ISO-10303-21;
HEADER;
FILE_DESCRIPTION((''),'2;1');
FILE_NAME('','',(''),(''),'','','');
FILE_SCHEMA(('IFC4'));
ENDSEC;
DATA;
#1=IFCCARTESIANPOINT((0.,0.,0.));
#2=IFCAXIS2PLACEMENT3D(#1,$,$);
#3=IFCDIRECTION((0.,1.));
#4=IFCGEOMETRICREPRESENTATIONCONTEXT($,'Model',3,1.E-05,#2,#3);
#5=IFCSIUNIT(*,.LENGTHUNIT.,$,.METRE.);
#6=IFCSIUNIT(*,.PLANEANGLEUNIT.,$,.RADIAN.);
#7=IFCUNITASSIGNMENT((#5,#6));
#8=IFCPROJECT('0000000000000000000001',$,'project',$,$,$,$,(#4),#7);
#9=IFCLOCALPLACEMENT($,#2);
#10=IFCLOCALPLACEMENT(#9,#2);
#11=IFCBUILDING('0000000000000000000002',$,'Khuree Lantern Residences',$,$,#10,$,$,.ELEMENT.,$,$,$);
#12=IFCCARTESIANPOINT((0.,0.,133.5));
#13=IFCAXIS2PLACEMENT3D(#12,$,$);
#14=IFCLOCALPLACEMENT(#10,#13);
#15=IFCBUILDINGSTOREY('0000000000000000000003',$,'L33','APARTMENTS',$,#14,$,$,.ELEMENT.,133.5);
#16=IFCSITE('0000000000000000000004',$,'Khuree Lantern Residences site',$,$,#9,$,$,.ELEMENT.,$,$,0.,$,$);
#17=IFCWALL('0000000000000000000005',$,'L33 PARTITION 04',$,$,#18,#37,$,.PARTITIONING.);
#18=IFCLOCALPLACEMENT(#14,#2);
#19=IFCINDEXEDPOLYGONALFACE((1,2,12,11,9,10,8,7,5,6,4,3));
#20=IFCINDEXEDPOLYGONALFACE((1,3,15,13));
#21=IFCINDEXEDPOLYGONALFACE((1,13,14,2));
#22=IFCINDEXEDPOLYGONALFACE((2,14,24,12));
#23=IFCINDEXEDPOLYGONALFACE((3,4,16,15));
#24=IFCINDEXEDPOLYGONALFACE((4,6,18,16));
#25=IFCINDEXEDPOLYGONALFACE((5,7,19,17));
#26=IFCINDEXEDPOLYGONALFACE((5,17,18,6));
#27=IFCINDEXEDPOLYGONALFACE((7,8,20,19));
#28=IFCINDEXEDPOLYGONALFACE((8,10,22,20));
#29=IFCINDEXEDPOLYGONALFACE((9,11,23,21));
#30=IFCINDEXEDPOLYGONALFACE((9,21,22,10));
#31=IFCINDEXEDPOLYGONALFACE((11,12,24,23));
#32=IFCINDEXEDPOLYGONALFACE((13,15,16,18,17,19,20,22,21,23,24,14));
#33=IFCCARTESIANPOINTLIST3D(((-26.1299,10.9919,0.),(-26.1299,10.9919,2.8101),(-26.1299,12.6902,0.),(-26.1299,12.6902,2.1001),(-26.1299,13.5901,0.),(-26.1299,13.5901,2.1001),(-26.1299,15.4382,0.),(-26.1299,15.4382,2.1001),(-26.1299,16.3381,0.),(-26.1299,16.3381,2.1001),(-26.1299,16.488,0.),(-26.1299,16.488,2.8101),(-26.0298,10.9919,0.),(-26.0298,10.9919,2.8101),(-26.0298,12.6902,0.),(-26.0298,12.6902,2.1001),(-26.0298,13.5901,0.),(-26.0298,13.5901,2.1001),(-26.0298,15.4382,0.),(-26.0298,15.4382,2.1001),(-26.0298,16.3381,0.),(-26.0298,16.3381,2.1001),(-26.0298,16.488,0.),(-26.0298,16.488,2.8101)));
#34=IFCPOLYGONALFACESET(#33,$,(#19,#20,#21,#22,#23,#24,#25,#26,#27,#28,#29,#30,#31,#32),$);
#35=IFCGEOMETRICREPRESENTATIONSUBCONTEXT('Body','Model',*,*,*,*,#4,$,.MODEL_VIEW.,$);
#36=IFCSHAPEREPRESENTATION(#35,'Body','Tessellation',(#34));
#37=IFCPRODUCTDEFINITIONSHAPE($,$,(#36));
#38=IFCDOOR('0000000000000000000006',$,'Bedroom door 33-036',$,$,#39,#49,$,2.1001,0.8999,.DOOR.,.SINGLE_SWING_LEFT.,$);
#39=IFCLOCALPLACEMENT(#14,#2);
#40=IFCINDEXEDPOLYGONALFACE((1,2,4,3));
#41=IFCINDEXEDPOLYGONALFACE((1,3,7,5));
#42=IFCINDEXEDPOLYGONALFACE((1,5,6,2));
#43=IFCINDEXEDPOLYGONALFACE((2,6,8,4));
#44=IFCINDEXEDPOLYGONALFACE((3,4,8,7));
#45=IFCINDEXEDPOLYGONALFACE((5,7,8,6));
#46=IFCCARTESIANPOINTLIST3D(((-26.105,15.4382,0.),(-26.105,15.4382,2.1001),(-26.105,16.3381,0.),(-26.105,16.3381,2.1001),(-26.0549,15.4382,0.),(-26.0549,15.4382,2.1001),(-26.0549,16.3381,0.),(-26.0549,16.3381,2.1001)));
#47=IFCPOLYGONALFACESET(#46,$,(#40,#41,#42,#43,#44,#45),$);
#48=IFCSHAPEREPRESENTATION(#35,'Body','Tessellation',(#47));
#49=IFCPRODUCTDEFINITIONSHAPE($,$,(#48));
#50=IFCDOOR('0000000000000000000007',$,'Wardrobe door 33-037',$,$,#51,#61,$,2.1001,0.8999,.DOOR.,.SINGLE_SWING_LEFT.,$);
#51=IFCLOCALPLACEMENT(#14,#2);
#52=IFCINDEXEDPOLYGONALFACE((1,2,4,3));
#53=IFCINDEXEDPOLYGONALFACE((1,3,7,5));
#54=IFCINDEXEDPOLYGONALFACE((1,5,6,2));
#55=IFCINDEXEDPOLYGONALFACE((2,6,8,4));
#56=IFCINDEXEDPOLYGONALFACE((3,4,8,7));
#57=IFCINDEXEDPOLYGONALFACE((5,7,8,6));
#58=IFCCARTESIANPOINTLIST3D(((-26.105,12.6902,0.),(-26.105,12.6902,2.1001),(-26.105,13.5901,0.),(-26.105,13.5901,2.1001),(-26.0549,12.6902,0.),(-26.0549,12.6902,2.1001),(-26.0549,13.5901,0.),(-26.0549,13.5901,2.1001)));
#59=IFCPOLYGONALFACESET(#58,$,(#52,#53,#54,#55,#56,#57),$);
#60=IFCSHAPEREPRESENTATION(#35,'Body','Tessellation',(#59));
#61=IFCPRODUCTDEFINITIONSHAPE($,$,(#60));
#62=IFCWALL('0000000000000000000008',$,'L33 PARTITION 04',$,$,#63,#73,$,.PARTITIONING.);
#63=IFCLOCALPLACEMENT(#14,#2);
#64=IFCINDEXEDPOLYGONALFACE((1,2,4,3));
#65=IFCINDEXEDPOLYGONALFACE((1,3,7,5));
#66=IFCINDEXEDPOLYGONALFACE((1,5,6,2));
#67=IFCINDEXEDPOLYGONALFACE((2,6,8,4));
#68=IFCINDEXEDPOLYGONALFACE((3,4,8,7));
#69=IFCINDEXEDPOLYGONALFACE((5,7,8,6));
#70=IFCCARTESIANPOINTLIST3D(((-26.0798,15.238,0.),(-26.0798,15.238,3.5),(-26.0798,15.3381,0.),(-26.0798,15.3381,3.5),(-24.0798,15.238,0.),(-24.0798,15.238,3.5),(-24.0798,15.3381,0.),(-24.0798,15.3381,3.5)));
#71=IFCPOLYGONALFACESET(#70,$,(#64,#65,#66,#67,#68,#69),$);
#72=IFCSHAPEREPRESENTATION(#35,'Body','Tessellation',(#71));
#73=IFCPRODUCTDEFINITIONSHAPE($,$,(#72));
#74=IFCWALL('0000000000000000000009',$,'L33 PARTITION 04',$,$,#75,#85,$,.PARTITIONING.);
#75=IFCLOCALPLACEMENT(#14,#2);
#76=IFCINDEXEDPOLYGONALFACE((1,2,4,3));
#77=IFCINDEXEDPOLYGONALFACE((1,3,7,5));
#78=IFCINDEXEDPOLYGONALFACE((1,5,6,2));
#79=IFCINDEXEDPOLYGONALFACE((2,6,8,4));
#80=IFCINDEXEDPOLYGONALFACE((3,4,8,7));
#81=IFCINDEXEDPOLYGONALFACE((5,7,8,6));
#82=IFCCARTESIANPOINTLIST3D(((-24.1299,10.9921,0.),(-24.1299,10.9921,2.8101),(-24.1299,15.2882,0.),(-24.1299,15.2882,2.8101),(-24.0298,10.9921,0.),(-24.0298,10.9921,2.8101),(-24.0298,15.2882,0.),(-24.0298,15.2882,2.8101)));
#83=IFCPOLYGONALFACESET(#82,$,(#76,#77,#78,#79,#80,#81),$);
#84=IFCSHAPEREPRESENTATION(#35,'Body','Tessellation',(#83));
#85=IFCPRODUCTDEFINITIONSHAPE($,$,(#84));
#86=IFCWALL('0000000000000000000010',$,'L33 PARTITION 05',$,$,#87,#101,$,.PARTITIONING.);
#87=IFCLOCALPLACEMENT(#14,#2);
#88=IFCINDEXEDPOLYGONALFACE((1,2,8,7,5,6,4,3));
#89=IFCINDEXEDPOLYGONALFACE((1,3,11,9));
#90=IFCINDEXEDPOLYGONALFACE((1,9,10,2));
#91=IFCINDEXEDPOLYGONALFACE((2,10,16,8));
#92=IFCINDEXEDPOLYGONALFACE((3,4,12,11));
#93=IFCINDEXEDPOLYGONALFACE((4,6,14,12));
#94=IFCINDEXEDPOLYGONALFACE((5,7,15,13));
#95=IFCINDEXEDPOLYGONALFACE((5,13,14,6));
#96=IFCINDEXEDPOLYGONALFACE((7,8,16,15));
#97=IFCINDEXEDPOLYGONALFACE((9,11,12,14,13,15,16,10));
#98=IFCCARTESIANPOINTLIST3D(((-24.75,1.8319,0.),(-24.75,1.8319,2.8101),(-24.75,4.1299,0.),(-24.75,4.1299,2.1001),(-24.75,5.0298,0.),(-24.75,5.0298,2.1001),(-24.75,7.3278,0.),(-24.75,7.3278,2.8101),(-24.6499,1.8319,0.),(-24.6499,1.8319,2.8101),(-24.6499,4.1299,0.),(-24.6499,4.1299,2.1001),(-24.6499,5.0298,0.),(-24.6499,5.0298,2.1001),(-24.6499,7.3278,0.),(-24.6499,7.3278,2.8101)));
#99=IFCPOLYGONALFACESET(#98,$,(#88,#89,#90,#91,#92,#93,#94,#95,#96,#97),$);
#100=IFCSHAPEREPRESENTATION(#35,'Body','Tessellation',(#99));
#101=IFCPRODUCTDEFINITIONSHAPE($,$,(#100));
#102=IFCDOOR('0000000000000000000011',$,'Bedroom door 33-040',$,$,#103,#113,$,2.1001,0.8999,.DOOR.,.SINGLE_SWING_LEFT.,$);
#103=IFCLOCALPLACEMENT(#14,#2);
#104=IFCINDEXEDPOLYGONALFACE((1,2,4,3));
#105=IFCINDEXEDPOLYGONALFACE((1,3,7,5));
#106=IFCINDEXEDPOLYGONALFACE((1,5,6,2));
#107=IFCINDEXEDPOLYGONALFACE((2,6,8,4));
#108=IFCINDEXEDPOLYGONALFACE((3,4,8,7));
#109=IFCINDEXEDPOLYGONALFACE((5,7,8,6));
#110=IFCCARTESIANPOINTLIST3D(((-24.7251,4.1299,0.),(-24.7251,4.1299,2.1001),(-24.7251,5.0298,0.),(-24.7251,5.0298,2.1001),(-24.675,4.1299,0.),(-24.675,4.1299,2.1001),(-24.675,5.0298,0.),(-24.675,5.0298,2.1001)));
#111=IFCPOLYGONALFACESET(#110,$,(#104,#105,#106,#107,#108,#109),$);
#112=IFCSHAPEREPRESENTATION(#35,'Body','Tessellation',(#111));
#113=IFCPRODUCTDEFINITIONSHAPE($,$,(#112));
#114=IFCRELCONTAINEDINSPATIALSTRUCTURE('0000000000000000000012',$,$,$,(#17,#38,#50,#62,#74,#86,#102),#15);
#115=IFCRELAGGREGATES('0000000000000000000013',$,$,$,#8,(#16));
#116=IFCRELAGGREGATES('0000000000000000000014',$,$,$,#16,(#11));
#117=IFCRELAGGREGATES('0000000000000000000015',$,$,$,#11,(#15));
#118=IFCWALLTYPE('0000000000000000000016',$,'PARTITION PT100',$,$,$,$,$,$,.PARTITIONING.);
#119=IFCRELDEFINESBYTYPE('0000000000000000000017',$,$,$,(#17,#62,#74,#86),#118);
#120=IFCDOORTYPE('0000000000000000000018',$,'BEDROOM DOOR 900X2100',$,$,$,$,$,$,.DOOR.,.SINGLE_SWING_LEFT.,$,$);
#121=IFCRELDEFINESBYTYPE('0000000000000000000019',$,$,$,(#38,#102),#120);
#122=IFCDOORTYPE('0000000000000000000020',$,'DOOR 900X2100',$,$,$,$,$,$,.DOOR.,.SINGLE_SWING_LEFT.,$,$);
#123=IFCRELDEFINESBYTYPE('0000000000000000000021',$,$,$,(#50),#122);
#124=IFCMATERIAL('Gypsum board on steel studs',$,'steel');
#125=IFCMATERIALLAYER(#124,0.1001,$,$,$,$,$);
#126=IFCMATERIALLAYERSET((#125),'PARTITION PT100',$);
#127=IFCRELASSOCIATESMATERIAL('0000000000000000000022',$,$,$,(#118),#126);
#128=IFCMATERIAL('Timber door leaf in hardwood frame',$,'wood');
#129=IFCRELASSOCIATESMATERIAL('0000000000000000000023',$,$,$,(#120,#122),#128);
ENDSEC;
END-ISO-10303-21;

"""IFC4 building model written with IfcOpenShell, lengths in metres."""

from ifc_helpers import new_model, si_unit, direction, frame, frame_2d, origin, place, context, subcontext, project, spatial, rectangle, extrude, material, layer, layer_set, type_object, element, fill, save


model = new_model("IFC4")

# Units and contexts
model_context = context("Model", 3, precision=1e-05, world=origin(), true_north=direction((0.0, 1.0)))
body_context = subcontext(model_context, "Body", "Model", "MODEL_VIEW")
ifc_project = project(units=[si_unit("LENGTHUNIT", "METRE"), si_unit("PLANEANGLEUNIT", "RADIAN")], contexts=[model_context])

# Site, building, storey
site_placement = place(None, origin())
site = spatial("IfcSite", under=ifc_project, at=site_placement, Name="Khuree Lantern Residences site", CompositionType="ELEMENT", RefElevation=0.0)
building_placement = place(site_placement, origin())
building = spatial("IfcBuilding", under=site, at=building_placement, Name="Khuree Lantern Residences", CompositionType="ELEMENT")
storey_placement = place(building_placement, frame((0.0, 0.0, 133.5)))
storey = spatial("IfcBuildingStorey", under=building, at=storey_placement, Name="L33", Description="APARTMENTS", CompositionType="ELEMENT", Elevation=133.5)

# Shared definitions
ifc_material_1 = material(Name="Timber door leaf in hardwood frame", Category="wood")

# Shared definitions
ifc_material_2 = material(Name="Gypsum board on steel studs", Category="steel")
ifc_layer_1 = layer(ifc_material_2, 0.1001)
ifc_layer_set_1 = layer_set([ifc_layer_1], Name="PARTITION PT100")
wall_type_1 = type_object("IfcWallType", Name="PARTITION PT100", PredefinedType="PARTITIONING", material=ifc_layer_set_1)

# Wall, openings, doors
wall_1_placement = place(storey_placement, frame((-26.0798, 16.488, 0.0), z_axis=(0.0, 0.0, 1.0), x_axis=(0.0, -1.0, 0.0)))
wall_1 = element("IfcWall", 1, at=wall_1_placement, inside=storey, type_object=wall_type_1, Name="L33 PARTITION 04", PredefinedType="PARTITIONING", context=body_context, shape_type="SweptSolid", body=[
    extrude(rectangle(XDim=5.4961, YDim=0.1001, at=frame_2d((2.748, 0.0))), origin(), (0.0, 0.0, 1.0), 2.8101),
])
opening_1_placement = place(wall_1_placement, frame((0.1499, 0.0, 0.0)))
opening_1 = element("IfcOpeningElement", 2, at=opening_1_placement, cuts=wall_1, PredefinedType="OPENING", context=body_context, shape_type="SweptSolid", body=[
    extrude(rectangle(XDim=0.8999, YDim=2.1001, at=frame_2d((0.45, 1.05))), frame((0.0, 0.0601, 0.0), z_axis=(0.0, -1.0, 0.0), x_axis=(1.0, 0.0, 0.0)), (0.0, 0.0, 1.0), 0.1201),
])
opening_2_placement = place(wall_1_placement, frame((2.8979, 0.0, 0.0)))
opening_2 = element("IfcOpeningElement", 3, at=opening_2_placement, cuts=wall_1, PredefinedType="OPENING", context=body_context, shape_type="SweptSolid", body=[
    extrude(rectangle(XDim=0.8999, YDim=2.1001, at=frame_2d((0.45, 1.05))), frame((0.0, 0.0601, 0.0), z_axis=(0.0, -1.0, 0.0), x_axis=(1.0, 0.0, 0.0)), (0.0, 0.0, 1.0), 0.1201),
])
door_type_1 = type_object("IfcDoorType", Name="BEDROOM DOOR 900X2100", OperationType="SINGLE_SWING_LEFT", PredefinedType="DOOR", material=ifc_material_1)
door_1_placement = place(opening_1_placement, origin())
door_1 = element("IfcDoor", 4, at=door_1_placement, inside=storey, type_object=door_type_1, Name="Bedroom door 33-036", OperationType="SINGLE_SWING_LEFT", OverallHeight=2.1001, OverallWidth=0.8999, PredefinedType="DOOR", context=body_context, shape_type="SweptSolid", body=[
    extrude(rectangle(XDim=0.8999, YDim=2.1001, at=frame_2d((0.45, 1.05))), frame((0.0, 0.0249, 0.0), z_axis=(0.0, -1.0, 0.0), x_axis=(1.0, 0.0, 0.0)), (0.0, 0.0, 1.0), 0.05),
])
fill(opening_1, door_1)
door_type_2 = type_object("IfcDoorType", Name="DOOR 900X2100", OperationType="SINGLE_SWING_LEFT", PredefinedType="DOOR", material=ifc_material_1)
door_2_placement = place(opening_2_placement, origin())
door_2 = element("IfcDoor", 5, at=door_2_placement, inside=storey, type_object=door_type_2, Name="Wardrobe door 33-037", OperationType="SINGLE_SWING_LEFT", OverallHeight=2.1001, OverallWidth=0.8999, PredefinedType="DOOR", context=body_context, shape_type="SweptSolid", body=[
    extrude(rectangle(XDim=0.8999, YDim=2.1001, at=frame_2d((0.45, 1.05))), frame((0.0, 0.0249, 0.0), z_axis=(0.0, -1.0, 0.0), x_axis=(1.0, 0.0, 0.0)), (0.0, 0.0, 1.0), 0.05),
])
fill(opening_2, door_2)

# Walls
wall_2_placement = place(storey_placement, frame((-24.0798, 15.2881, 0.0), z_axis=(0.0, 0.0, 1.0), x_axis=(-1.0, 0.0, 0.0)))
element("IfcWall", 6, at=wall_2_placement, inside=storey, type_object=wall_type_1, Name="L33 PARTITION 04", PredefinedType="PARTITIONING", context=body_context, shape_type="SweptSolid", body=[
    extrude(rectangle(XDim=2.0, YDim=0.1001, at=frame_2d((1.0, 0.0))), origin(), (0.0, 0.0, 1.0), 3.5),
])
wall_3_placement = place(storey_placement, frame((-24.0798, 15.2881, 0.0), z_axis=(0.0, 0.0, 1.0), x_axis=(0.0, -1.0, 0.0)))
element("IfcWall", 7, at=wall_3_placement, inside=storey, type_object=wall_type_1, Name="L33 PARTITION 04", PredefinedType="PARTITIONING", context=body_context, shape_type="SweptSolid", body=[
    extrude(rectangle(XDim=4.2961, YDim=0.1001, at=frame_2d((2.1479, 0.0))), origin(), (0.0, 0.0, 1.0), 2.8101),
])

# Wall, opening, door
wall_4_placement = place(storey_placement, frame((-24.7, 7.3279, 0.0), z_axis=(0.0, 0.0, 1.0), x_axis=(0.0, -1.0, 0.0)))
wall_4 = element("IfcWall", 8, at=wall_4_placement, inside=storey, type_object=wall_type_1, Name="L33 PARTITION 05", PredefinedType="PARTITIONING", context=body_context, shape_type="SweptSolid", body=[
    extrude(rectangle(XDim=5.4958, YDim=0.1001, at=frame_2d((2.748, 0.0))), origin(), (0.0, 0.0, 1.0), 2.8101),
])
opening_3_placement = place(wall_4_placement, frame((2.2981, 0.0, 0.0)))
opening_3 = element("IfcOpeningElement", 9, at=opening_3_placement, cuts=wall_4, PredefinedType="OPENING", context=body_context, shape_type="SweptSolid", body=[
    extrude(rectangle(XDim=0.8999, YDim=2.1001, at=frame_2d((0.45, 1.05))), frame((0.0, 0.0601, 0.0), z_axis=(0.0, -1.0, 0.0), x_axis=(1.0, 0.0, 0.0)), (0.0, 0.0, 1.0), 0.1201),
])
door_3_placement = place(opening_3_placement, origin())
door_3 = element("IfcDoor", 10, at=door_3_placement, inside=storey, type_object=door_type_1, Name="Bedroom door 33-040", OperationType="SINGLE_SWING_LEFT", OverallHeight=2.1001, OverallWidth=0.8999, PredefinedType="DOOR", context=body_context, shape_type="SweptSolid", body=[
    extrude(rectangle(XDim=0.8999, YDim=2.1001, at=frame_2d((0.45, 1.05))), frame((0.0, 0.0249, 0.0), z_axis=(0.0, -1.0, 0.0), x_axis=(1.0, 0.0, 0.0)), (0.0, 0.0, 1.0), 0.05),
])
fill(opening_3, door_3)

save(model, "model.ifc")
